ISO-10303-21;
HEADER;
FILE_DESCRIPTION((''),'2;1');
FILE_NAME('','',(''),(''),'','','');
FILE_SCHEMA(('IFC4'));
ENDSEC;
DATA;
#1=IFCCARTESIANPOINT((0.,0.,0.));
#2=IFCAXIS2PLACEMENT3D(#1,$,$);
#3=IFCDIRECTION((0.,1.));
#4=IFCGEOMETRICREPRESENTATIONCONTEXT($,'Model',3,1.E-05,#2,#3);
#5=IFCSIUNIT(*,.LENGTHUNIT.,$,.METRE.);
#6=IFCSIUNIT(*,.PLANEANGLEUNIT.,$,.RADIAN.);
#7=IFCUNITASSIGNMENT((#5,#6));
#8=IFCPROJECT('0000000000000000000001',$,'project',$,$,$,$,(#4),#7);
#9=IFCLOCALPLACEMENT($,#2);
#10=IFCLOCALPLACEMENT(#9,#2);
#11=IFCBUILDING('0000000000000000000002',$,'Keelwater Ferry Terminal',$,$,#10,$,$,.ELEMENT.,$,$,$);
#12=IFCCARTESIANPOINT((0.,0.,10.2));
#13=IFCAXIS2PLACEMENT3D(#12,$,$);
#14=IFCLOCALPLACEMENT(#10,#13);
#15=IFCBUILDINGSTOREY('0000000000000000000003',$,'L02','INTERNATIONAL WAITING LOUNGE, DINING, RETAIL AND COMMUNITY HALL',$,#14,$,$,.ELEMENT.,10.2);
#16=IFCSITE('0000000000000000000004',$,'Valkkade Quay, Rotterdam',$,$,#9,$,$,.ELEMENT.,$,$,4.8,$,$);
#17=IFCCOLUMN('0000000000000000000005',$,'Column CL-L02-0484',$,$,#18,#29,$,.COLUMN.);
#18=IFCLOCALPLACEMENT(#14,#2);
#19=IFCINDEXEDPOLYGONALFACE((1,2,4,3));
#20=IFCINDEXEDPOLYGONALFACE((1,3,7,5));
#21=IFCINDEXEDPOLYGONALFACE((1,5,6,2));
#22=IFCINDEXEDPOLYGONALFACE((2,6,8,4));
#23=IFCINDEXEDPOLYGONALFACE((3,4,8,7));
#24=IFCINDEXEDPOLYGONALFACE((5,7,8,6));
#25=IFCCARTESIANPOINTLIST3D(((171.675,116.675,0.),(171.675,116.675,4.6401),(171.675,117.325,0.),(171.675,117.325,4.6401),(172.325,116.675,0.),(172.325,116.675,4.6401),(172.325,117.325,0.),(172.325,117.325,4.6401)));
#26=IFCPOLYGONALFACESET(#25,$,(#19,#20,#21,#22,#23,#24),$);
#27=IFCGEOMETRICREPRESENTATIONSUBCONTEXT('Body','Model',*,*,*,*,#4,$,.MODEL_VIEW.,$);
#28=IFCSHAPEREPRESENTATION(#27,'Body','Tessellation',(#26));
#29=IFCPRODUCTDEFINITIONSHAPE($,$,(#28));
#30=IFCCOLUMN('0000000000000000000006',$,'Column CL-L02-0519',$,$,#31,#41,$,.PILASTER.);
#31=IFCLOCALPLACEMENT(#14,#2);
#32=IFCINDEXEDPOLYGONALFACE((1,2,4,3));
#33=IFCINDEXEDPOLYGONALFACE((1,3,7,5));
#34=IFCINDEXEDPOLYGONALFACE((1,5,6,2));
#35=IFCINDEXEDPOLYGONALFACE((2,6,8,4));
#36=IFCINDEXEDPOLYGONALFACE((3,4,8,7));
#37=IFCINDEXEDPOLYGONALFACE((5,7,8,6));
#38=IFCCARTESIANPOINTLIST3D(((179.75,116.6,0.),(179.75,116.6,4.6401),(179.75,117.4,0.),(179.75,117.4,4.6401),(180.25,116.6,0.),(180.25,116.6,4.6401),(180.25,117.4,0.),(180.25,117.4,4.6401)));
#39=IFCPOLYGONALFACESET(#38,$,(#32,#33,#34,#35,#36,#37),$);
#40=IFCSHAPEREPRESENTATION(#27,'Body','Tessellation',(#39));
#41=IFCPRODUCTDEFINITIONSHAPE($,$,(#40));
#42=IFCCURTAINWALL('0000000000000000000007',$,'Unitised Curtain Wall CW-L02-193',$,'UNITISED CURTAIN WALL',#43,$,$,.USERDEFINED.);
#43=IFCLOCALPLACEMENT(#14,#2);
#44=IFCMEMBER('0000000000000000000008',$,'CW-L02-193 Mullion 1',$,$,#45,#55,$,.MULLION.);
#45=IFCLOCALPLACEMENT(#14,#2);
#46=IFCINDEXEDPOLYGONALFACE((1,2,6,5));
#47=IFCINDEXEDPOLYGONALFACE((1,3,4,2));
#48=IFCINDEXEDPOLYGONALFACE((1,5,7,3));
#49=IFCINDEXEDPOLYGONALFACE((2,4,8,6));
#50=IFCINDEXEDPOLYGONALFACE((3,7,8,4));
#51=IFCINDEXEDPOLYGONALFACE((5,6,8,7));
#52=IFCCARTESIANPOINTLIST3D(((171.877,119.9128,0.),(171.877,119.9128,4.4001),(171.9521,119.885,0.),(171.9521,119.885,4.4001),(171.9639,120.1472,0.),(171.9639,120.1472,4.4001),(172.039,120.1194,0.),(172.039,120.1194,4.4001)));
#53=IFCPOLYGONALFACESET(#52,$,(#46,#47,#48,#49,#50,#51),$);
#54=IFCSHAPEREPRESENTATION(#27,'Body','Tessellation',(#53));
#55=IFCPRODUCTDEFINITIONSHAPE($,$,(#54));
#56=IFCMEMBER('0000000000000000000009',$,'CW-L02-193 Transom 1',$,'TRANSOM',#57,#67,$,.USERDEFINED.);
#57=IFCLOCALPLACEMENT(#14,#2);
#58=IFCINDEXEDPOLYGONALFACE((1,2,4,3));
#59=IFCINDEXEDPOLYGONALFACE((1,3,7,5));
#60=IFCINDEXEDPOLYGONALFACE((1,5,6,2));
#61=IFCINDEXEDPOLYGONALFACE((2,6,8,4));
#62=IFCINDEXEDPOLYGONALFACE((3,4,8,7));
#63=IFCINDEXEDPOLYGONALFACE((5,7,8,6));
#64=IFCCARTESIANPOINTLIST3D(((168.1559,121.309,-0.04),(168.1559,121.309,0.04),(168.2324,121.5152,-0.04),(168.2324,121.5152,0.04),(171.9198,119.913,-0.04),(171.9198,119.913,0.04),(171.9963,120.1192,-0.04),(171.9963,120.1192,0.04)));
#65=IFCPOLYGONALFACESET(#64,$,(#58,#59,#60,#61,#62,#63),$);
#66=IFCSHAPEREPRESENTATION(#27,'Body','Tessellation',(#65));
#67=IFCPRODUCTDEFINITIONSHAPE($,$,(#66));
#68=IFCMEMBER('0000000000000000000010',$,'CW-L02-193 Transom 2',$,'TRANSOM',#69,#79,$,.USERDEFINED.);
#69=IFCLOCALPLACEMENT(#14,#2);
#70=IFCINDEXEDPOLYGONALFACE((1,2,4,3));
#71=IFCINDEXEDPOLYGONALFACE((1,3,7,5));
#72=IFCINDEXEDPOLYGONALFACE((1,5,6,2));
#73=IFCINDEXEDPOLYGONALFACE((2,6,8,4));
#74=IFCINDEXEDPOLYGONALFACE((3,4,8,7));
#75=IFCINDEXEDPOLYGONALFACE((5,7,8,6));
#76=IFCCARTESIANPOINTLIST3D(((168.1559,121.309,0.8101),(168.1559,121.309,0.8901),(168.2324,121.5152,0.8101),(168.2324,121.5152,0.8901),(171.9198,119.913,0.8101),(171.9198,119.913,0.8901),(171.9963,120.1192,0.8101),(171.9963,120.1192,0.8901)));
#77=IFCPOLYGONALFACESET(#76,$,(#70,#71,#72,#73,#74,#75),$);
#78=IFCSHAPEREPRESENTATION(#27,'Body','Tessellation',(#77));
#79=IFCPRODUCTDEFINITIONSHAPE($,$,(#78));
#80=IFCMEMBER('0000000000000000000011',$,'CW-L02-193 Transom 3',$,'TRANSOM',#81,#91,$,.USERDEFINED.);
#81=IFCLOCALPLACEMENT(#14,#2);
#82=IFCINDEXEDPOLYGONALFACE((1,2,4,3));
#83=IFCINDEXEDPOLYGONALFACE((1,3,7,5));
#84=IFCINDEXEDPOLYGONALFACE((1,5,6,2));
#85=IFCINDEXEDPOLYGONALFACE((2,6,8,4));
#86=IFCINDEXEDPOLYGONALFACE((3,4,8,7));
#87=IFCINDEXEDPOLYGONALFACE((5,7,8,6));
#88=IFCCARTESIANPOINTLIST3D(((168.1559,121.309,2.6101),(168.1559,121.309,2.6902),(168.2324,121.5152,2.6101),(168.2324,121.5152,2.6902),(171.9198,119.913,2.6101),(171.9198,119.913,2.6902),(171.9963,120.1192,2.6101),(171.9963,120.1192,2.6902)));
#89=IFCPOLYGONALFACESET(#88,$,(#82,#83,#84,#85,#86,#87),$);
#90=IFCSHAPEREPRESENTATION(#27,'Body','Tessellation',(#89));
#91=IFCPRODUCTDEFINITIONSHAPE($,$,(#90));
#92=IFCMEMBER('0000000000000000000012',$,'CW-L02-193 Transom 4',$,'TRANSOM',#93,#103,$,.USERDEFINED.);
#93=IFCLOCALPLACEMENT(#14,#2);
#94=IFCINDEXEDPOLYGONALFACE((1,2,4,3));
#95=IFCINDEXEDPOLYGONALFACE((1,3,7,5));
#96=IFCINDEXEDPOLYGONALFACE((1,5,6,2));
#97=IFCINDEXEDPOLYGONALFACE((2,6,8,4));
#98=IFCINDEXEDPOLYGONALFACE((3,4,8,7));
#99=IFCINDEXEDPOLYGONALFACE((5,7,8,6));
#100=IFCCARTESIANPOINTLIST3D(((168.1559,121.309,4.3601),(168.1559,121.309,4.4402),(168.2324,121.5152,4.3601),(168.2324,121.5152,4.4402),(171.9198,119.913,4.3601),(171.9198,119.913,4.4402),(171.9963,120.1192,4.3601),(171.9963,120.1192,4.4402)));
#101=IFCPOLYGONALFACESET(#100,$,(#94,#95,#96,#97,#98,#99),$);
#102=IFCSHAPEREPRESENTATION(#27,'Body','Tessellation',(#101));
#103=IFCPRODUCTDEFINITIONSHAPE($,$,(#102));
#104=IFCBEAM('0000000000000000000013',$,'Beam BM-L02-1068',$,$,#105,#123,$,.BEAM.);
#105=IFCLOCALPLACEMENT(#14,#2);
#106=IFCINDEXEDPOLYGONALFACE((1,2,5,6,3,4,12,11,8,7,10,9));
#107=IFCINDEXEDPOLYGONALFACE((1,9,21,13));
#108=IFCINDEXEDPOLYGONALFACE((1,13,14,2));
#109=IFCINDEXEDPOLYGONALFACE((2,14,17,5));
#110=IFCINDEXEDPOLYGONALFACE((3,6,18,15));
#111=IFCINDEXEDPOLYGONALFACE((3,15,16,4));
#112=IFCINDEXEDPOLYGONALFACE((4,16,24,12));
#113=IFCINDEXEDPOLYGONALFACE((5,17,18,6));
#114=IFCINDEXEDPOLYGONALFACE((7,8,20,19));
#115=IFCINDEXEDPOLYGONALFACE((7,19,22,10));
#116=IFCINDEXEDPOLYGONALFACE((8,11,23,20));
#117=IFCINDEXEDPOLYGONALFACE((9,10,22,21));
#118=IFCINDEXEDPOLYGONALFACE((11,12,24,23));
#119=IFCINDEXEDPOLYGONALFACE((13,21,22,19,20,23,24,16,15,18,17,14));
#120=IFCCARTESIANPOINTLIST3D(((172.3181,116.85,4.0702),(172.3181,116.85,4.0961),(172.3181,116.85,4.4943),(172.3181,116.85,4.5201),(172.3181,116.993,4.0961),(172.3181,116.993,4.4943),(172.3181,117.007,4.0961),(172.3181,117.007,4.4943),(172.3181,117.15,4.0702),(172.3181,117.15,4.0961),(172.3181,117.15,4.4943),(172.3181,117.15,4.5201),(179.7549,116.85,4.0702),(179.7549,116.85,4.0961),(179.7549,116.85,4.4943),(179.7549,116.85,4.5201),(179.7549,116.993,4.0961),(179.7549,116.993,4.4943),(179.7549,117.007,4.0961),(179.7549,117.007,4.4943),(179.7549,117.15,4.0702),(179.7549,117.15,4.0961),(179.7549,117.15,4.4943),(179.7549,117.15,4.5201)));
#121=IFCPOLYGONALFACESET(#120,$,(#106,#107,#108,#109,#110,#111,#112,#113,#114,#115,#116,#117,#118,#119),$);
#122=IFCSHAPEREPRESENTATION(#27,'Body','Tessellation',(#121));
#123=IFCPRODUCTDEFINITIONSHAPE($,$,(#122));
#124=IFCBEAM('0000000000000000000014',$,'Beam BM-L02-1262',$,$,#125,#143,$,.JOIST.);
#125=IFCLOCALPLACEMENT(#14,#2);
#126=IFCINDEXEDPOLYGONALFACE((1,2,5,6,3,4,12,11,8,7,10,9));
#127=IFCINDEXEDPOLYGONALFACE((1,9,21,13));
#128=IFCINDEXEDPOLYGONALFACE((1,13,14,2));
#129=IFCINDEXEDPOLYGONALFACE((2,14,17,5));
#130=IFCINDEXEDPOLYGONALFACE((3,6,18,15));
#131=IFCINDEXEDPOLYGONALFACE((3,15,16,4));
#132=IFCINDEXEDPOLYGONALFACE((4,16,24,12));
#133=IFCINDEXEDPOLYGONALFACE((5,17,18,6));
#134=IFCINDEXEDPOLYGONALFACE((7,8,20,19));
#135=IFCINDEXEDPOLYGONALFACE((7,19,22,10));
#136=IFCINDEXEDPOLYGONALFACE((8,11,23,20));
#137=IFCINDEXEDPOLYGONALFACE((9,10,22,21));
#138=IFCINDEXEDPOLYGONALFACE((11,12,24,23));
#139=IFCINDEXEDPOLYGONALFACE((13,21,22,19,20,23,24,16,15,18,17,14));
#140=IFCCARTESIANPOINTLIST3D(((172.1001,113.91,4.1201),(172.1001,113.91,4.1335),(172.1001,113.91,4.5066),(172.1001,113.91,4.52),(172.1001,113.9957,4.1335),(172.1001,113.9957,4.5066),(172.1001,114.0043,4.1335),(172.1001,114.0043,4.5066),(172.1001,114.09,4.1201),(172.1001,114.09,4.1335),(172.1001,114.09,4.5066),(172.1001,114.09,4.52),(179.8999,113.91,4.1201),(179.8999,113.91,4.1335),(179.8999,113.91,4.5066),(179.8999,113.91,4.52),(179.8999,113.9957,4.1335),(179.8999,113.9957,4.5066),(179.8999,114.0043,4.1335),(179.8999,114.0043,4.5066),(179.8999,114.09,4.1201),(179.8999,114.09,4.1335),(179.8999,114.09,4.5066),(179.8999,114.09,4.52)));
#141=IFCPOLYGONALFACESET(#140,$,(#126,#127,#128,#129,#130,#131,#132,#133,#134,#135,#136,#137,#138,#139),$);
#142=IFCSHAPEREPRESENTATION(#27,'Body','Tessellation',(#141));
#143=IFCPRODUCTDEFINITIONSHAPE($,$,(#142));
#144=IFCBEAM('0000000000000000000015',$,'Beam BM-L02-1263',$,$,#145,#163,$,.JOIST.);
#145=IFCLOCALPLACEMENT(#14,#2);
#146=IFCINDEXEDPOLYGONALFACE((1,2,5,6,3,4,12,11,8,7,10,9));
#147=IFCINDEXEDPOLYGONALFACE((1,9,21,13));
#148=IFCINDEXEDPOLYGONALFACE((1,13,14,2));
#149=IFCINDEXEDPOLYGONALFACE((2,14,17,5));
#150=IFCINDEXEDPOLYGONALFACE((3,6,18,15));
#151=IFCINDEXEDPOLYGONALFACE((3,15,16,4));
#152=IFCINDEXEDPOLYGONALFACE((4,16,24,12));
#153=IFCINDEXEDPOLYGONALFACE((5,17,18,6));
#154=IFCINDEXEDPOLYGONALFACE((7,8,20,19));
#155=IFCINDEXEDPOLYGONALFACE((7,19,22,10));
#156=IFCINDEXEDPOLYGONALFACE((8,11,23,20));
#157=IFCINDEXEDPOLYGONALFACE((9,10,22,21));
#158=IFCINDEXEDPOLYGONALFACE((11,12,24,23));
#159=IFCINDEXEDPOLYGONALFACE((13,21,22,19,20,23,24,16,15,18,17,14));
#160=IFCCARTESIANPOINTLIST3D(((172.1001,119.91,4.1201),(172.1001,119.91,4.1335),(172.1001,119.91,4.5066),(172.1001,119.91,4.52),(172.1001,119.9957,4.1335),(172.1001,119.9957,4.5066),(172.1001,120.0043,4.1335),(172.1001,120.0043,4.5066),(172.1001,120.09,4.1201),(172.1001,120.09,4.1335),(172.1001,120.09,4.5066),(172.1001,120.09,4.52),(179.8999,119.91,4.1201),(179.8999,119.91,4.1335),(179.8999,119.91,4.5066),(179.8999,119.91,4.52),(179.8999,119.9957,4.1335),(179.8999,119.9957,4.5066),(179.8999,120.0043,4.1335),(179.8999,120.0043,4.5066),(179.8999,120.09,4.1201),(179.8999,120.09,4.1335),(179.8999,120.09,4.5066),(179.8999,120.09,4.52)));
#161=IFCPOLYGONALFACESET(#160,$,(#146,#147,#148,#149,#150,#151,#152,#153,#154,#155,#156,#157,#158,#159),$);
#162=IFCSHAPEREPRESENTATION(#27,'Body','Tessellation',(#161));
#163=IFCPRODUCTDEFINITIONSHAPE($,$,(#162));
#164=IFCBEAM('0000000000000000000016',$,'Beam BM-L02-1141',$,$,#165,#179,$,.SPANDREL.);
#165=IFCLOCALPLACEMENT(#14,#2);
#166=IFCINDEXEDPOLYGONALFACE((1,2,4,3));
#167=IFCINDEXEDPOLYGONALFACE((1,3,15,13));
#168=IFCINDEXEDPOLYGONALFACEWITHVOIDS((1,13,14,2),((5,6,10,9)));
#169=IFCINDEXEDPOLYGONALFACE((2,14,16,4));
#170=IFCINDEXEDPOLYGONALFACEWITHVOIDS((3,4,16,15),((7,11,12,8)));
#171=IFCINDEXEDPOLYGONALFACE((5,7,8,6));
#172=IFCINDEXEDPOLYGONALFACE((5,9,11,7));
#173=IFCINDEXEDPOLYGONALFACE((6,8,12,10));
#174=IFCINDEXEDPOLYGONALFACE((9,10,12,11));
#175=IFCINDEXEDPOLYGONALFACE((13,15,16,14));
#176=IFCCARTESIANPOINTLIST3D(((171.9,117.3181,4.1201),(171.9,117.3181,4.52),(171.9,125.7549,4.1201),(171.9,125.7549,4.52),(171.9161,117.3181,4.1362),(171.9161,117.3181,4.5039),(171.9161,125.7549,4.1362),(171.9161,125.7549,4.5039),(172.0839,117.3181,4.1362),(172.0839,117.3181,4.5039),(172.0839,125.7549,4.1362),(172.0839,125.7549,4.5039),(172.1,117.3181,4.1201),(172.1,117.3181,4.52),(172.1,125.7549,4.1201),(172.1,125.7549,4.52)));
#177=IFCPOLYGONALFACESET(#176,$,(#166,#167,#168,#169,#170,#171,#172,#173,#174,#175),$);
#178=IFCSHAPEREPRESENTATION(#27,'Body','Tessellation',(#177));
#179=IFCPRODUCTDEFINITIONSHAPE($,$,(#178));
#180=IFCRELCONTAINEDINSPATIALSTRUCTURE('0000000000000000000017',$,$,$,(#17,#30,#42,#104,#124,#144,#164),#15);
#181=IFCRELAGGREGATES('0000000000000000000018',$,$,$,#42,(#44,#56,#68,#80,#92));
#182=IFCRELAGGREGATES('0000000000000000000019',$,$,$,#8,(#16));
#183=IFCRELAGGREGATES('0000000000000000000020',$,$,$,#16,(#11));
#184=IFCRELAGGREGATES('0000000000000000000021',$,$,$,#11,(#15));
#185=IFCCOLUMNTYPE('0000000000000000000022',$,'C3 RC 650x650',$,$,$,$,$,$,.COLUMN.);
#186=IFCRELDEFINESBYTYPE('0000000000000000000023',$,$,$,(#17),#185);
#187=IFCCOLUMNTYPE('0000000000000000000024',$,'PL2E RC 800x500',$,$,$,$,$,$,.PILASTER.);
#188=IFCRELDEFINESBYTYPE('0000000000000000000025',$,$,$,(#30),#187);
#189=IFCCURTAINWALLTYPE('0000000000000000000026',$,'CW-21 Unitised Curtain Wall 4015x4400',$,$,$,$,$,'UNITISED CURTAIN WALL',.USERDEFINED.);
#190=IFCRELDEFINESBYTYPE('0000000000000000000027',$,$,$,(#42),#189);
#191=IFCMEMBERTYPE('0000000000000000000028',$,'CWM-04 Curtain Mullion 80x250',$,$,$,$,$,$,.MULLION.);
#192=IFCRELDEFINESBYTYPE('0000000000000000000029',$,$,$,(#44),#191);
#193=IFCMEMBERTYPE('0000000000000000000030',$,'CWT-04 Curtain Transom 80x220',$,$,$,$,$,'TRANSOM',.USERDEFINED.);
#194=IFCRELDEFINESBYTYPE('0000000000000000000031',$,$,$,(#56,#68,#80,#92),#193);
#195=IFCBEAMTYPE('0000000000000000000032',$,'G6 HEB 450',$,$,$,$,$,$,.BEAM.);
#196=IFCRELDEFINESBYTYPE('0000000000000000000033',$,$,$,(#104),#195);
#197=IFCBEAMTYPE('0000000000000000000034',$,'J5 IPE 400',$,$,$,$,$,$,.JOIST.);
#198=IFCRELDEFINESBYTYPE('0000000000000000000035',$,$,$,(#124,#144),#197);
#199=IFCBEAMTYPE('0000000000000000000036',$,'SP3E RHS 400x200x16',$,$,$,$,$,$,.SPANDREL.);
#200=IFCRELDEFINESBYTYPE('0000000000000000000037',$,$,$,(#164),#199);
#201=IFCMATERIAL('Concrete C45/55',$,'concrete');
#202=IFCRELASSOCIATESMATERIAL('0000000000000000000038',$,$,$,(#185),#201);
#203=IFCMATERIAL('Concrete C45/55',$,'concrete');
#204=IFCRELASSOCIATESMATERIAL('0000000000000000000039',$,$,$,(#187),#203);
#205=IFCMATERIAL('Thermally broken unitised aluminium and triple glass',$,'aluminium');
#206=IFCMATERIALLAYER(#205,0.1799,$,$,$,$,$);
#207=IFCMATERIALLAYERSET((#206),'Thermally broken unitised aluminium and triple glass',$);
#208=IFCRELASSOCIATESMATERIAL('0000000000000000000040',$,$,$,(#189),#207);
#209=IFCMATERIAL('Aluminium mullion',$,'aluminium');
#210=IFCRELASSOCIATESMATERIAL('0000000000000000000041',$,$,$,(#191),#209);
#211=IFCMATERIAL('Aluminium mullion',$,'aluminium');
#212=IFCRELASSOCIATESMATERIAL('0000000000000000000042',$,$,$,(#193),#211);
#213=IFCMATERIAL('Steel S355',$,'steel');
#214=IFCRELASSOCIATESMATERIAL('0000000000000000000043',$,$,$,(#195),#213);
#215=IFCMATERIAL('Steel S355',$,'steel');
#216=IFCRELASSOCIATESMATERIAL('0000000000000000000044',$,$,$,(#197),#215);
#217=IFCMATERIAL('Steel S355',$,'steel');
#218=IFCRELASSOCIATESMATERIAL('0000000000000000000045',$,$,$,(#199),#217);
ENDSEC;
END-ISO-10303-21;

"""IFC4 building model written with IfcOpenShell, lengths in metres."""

from ifc_helpers import new_model, si_unit, direction, frame, origin, origin_2d, place, context, subcontext, project, spatial, rectangle, hollow_rectangle, i_section, extrude, material, layer, layer_set, material_profile, profile_set, type_object, element, aggregate, save


model = new_model("IFC4")

# Units and contexts
model_context = context("Model", 3, precision=1e-05, world=origin(), true_north=direction((0.0, 1.0)))
body_context = subcontext(model_context, "Body", "Model", "MODEL_VIEW")
ifc_project = project(units=[si_unit("LENGTHUNIT", "METRE"), si_unit("PLANEANGLEUNIT", "RADIAN")], contexts=[model_context])

# Site, building, storey
site_placement = place(None, origin())
site = spatial("IfcSite", under=ifc_project, at=site_placement, Name="Valkkade Quay, Rotterdam", CompositionType="ELEMENT", RefElevation=4.8)
building_placement = place(site_placement, origin())
building = spatial("IfcBuilding", under=site, at=building_placement, Name="Keelwater Ferry Terminal", CompositionType="ELEMENT")
storey_placement = place(building_placement, frame((0.0, 0.0, 10.2)))
storey = spatial("IfcBuildingStorey", under=building, at=storey_placement, Name="L02", Description="INTERNATIONAL WAITING LOUNGE, DINING, RETAIL AND COMMUNITY HALL", CompositionType="ELEMENT", Elevation=10.2)

# Columns
ifc_material_1 = material(Name="Concrete C45/55", Category="concrete")
ifc_material_profile_1 = material_profile(ifc_material_1, rectangle(XDim=0.6499, YDim=0.6499, at=origin_2d()), Name="RC 650x650")
ifc_profile_set_1 = profile_set([ifc_material_profile_1], Name="Concrete C45/55")
column_type_1 = type_object("IfcColumnType", Name="C3 RC 650x650", PredefinedType="COLUMN", material=ifc_profile_set_1)
column_1_placement = place(storey_placement, frame((172.0, 117.0, 0.0), z_axis=(0.0, 0.0, 1.0), x_axis=(1.0, 0.0, 0.0)))
element("IfcColumn", 1, at=column_1_placement, inside=storey, type_object=column_type_1, Name="Column CL-L02-0484", PredefinedType="COLUMN", context=body_context, shape_type="SweptSolid", body=[
    extrude(rectangle(XDim=0.6499, YDim=0.6499, at=origin_2d()), origin(), (0.0, 0.0, 1.0), 4.6401),
])
ifc_material_2 = material(Name="Concrete C45/55", Category="concrete")
ifc_material_profile_2 = material_profile(ifc_material_2, rectangle(XDim=0.5, YDim=0.8, at=origin_2d()), Name="RC 800x500")
ifc_profile_set_2 = profile_set([ifc_material_profile_2], Name="Concrete C45/55")
column_type_2 = type_object("IfcColumnType", Name="PL2E RC 800x500", PredefinedType="PILASTER", material=ifc_profile_set_2)
column_2_placement = place(storey_placement, frame((180.0, 117.0, 0.0), z_axis=(0.0, 0.0, 1.0), x_axis=(1.0, 0.0, 0.0)))
element("IfcColumn", 2, at=column_2_placement, inside=storey, type_object=column_type_2, Name="Column CL-L02-0519", PredefinedType="PILASTER", context=body_context, shape_type="SweptSolid", body=[
    extrude(rectangle(XDim=0.5, YDim=0.8, at=origin_2d()), origin(), (0.0, 0.0, 1.0), 4.6401),
])

# Curtain wall, members
ifc_material_3 = material(Name="Thermally broken unitised aluminium and triple glass", Category="aluminium")
ifc_layer_1 = layer(ifc_material_3, 0.1799)
ifc_layer_set_1 = layer_set([ifc_layer_1], Name="Thermally broken unitised aluminium and triple glass")
curtain_wall_type = type_object("IfcCurtainWallType", Name="CW-21 Unitised Curtain Wall 4015x4400", ElementType="UNITISED CURTAIN WALL", PredefinedType="USERDEFINED", material=ifc_layer_set_1)
curtain_wall_placement = place(storey_placement, origin())
curtain_wall = element("IfcCurtainWall", 3, at=curtain_wall_placement, inside=storey, type_object=curtain_wall_type, Name="Unitised Curtain Wall CW-L02-193", ObjectType="UNITISED CURTAIN WALL", PredefinedType="USERDEFINED")
ifc_material_4 = material(Name="Aluminium mullion", Category="aluminium")
ifc_material_profile_3 = material_profile(ifc_material_4, rectangle(XDim=0.0801, YDim=0.25, at=origin_2d()), Name="CWM-04")
ifc_profile_set_3 = profile_set([ifc_material_profile_3], Name="Aluminium mullion")
member_type_1 = type_object("IfcMemberType", Name="CWM-04 Curtain Mullion 80x250", PredefinedType="MULLION", material=ifc_profile_set_3)
member_1_placement = place(storey_placement, frame((171.958, 120.0161, 0.0), z_axis=(0.0, 0.0, 1.0), x_axis=(-0.937592, 0.347736, 0.0)))
member_1 = element("IfcMember", 4, at=member_1_placement, type_object=member_type_1, Name="CW-L02-193 Mullion 1", PredefinedType="MULLION", context=body_context, shape_type="SweptSolid", body=[
    extrude(rectangle(XDim=0.0801, YDim=0.25, at=origin_2d()), origin(), (0.0, 0.0, 1.0), 4.4001),
])
ifc_material_5 = material(Name="Aluminium mullion", Category="aluminium")
ifc_material_profile_4 = material_profile(ifc_material_5, rectangle(XDim=0.22, YDim=0.0801, at=origin_2d()), Name="CWT-04")
ifc_profile_set_4 = profile_set([ifc_material_profile_4], Name="Aluminium mullion")
member_type_2 = type_object("IfcMemberType", Name="CWT-04 Curtain Transom 80x220", ElementType="TRANSOM", PredefinedType="USERDEFINED", material=ifc_profile_set_4)
member_2_placement = place(storey_placement, frame((171.958, 120.0161, 0.0), z_axis=(-0.93759, 0.347742, 0.0), x_axis=(-0.347742, -0.93759, 0.0)))
member_2 = element("IfcMember", 5, at=member_2_placement, type_object=member_type_2, Name="CW-L02-193 Transom 1", ObjectType="TRANSOM", PredefinedType="USERDEFINED", context=body_context, shape_type="SweptSolid", body=[
    extrude(rectangle(XDim=0.22, YDim=0.0801, at=origin_2d()), origin(), (0.0, 0.0, 1.0), 4.0144),
])
member_3_placement = place(storey_placement, frame((171.958, 120.0161, 0.8501), z_axis=(-0.93759, 0.347742, 0.0), x_axis=(-0.347742, -0.93759, 0.0)))
member_3 = element("IfcMember", 6, at=member_3_placement, type_object=member_type_2, Name="CW-L02-193 Transom 2", ObjectType="TRANSOM", PredefinedType="USERDEFINED", context=body_context, shape_type="SweptSolid", body=[
    extrude(rectangle(XDim=0.22, YDim=0.0801, at=origin_2d()), origin(), (0.0, 0.0, 1.0), 4.0144),
])
member_4_placement = place(storey_placement, frame((171.958, 120.0161, 2.6501), z_axis=(-0.93759, 0.347742, 0.0), x_axis=(-0.347742, -0.93759, 0.0)))
member_4 = element("IfcMember", 7, at=member_4_placement, type_object=member_type_2, Name="CW-L02-193 Transom 3", ObjectType="TRANSOM", PredefinedType="USERDEFINED", context=body_context, shape_type="SweptSolid", body=[
    extrude(rectangle(XDim=0.22, YDim=0.0801, at=origin_2d()), origin(), (0.0, 0.0, 1.0), 4.0144),
])
member_5_placement = place(storey_placement, frame((171.958, 120.0161, 4.4001), z_axis=(-0.93759, 0.347742, 0.0), x_axis=(-0.347742, -0.93759, 0.0)))
member_5 = element("IfcMember", 8, at=member_5_placement, type_object=member_type_2, Name="CW-L02-193 Transom 4", ObjectType="TRANSOM", PredefinedType="USERDEFINED", context=body_context, shape_type="SweptSolid", body=[
    extrude(rectangle(XDim=0.22, YDim=0.0801, at=origin_2d()), origin(), (0.0, 0.0, 1.0), 4.0144),
])

# Beams
ifc_material_6 = material(Name="Steel S355", Category="steel")
ifc_material_profile_5 = material_profile(ifc_material_6, i_section(OverallWidth=0.3, OverallDepth=0.45, WebThickness=0.0139, FlangeThickness=0.0259, at=origin_2d()), Name="HEB 450")
ifc_profile_set_5 = profile_set([ifc_material_profile_5], Name="Steel S355")
beam_type_1 = type_object("IfcBeamType", Name="G6 HEB 450", PredefinedType="BEAM", material=ifc_profile_set_5)
beam_1_placement = place(storey_placement, frame((172.3181, 117.0, 4.2952), z_axis=(1.0, 0.0, 0.0), x_axis=(0.0, 1.0, 0.0)))
element("IfcBeam", 9, at=beam_1_placement, inside=storey, type_object=beam_type_1, Name="Beam BM-L02-1068", PredefinedType="BEAM", context=body_context, shape_type="SweptSolid", body=[
    extrude(i_section(OverallWidth=0.3, OverallDepth=0.45, WebThickness=0.0139, FlangeThickness=0.0259, at=origin_2d()), origin(), (0.0, 0.0, 1.0), 7.4368),
])
ifc_material_7 = material(Name="Steel S355", Category="steel")
ifc_material_profile_6 = material_profile(ifc_material_7, i_section(OverallWidth=0.1799, OverallDepth=0.3999, WebThickness=0.0085, FlangeThickness=0.0134, at=origin_2d()), Name="IPE 400")
ifc_profile_set_6 = profile_set([ifc_material_profile_6], Name="Steel S355")
beam_type_2 = type_object("IfcBeamType", Name="J5 IPE 400", PredefinedType="JOIST", material=ifc_profile_set_6)
for number, where, z_axis, x_axis, name in (
    (10, (172.1001, 114.0, 4.3201), (1.0, 0.0, 0.0), (0.0, 1.0, 0.0), "Beam BM-L02-1262"),
    (11, (172.1001, 120.0, 4.3201), (1.0, 0.0, 0.0), (0.0, 1.0, 0.0), "Beam BM-L02-1263"),
):
    element("IfcBeam", number, at=place(storey_placement, frame(where, z_axis=z_axis, x_axis=x_axis)), inside=storey, type_object=beam_type_2, Name=name, PredefinedType="JOIST", context=body_context, shape_type="SweptSolid", body=[
        extrude(i_section(OverallWidth=0.1799, OverallDepth=0.3999, WebThickness=0.0085, FlangeThickness=0.0134, at=origin_2d()), origin(), (0.0, 0.0, 1.0), 7.7998),
    ])
ifc_material_8 = material(Name="Steel S355", Category="steel")
ifc_material_profile_7 = material_profile(ifc_material_8, hollow_rectangle(XDim=0.2, YDim=0.3999, WallThickness=0.0161, at=origin_2d()), Name="RHS 400x200x16")
ifc_profile_set_7 = profile_set([ifc_material_profile_7], Name="Steel S355")
beam_type_3 = type_object("IfcBeamType", Name="SP3E RHS 400x200x16", PredefinedType="SPANDREL", material=ifc_profile_set_7)
beam_2_placement = place(storey_placement, frame((172.0, 117.3181, 4.3201), z_axis=(0.0, 1.0, 0.0), x_axis=(-1.0, 0.0, 0.0)))
element("IfcBeam", 12, at=beam_2_placement, inside=storey, type_object=beam_type_3, Name="Beam BM-L02-1141", PredefinedType="SPANDREL", context=body_context, shape_type="SweptSolid", body=[
    extrude(hollow_rectangle(XDim=0.2, YDim=0.3999, WallThickness=0.0161, at=origin_2d()), origin(), (0.0, 0.0, 1.0), 8.4368),
])

aggregate(curtain_wall, [member_1, member_2, member_3, member_4, member_5])

save(model, "model.ifc")
